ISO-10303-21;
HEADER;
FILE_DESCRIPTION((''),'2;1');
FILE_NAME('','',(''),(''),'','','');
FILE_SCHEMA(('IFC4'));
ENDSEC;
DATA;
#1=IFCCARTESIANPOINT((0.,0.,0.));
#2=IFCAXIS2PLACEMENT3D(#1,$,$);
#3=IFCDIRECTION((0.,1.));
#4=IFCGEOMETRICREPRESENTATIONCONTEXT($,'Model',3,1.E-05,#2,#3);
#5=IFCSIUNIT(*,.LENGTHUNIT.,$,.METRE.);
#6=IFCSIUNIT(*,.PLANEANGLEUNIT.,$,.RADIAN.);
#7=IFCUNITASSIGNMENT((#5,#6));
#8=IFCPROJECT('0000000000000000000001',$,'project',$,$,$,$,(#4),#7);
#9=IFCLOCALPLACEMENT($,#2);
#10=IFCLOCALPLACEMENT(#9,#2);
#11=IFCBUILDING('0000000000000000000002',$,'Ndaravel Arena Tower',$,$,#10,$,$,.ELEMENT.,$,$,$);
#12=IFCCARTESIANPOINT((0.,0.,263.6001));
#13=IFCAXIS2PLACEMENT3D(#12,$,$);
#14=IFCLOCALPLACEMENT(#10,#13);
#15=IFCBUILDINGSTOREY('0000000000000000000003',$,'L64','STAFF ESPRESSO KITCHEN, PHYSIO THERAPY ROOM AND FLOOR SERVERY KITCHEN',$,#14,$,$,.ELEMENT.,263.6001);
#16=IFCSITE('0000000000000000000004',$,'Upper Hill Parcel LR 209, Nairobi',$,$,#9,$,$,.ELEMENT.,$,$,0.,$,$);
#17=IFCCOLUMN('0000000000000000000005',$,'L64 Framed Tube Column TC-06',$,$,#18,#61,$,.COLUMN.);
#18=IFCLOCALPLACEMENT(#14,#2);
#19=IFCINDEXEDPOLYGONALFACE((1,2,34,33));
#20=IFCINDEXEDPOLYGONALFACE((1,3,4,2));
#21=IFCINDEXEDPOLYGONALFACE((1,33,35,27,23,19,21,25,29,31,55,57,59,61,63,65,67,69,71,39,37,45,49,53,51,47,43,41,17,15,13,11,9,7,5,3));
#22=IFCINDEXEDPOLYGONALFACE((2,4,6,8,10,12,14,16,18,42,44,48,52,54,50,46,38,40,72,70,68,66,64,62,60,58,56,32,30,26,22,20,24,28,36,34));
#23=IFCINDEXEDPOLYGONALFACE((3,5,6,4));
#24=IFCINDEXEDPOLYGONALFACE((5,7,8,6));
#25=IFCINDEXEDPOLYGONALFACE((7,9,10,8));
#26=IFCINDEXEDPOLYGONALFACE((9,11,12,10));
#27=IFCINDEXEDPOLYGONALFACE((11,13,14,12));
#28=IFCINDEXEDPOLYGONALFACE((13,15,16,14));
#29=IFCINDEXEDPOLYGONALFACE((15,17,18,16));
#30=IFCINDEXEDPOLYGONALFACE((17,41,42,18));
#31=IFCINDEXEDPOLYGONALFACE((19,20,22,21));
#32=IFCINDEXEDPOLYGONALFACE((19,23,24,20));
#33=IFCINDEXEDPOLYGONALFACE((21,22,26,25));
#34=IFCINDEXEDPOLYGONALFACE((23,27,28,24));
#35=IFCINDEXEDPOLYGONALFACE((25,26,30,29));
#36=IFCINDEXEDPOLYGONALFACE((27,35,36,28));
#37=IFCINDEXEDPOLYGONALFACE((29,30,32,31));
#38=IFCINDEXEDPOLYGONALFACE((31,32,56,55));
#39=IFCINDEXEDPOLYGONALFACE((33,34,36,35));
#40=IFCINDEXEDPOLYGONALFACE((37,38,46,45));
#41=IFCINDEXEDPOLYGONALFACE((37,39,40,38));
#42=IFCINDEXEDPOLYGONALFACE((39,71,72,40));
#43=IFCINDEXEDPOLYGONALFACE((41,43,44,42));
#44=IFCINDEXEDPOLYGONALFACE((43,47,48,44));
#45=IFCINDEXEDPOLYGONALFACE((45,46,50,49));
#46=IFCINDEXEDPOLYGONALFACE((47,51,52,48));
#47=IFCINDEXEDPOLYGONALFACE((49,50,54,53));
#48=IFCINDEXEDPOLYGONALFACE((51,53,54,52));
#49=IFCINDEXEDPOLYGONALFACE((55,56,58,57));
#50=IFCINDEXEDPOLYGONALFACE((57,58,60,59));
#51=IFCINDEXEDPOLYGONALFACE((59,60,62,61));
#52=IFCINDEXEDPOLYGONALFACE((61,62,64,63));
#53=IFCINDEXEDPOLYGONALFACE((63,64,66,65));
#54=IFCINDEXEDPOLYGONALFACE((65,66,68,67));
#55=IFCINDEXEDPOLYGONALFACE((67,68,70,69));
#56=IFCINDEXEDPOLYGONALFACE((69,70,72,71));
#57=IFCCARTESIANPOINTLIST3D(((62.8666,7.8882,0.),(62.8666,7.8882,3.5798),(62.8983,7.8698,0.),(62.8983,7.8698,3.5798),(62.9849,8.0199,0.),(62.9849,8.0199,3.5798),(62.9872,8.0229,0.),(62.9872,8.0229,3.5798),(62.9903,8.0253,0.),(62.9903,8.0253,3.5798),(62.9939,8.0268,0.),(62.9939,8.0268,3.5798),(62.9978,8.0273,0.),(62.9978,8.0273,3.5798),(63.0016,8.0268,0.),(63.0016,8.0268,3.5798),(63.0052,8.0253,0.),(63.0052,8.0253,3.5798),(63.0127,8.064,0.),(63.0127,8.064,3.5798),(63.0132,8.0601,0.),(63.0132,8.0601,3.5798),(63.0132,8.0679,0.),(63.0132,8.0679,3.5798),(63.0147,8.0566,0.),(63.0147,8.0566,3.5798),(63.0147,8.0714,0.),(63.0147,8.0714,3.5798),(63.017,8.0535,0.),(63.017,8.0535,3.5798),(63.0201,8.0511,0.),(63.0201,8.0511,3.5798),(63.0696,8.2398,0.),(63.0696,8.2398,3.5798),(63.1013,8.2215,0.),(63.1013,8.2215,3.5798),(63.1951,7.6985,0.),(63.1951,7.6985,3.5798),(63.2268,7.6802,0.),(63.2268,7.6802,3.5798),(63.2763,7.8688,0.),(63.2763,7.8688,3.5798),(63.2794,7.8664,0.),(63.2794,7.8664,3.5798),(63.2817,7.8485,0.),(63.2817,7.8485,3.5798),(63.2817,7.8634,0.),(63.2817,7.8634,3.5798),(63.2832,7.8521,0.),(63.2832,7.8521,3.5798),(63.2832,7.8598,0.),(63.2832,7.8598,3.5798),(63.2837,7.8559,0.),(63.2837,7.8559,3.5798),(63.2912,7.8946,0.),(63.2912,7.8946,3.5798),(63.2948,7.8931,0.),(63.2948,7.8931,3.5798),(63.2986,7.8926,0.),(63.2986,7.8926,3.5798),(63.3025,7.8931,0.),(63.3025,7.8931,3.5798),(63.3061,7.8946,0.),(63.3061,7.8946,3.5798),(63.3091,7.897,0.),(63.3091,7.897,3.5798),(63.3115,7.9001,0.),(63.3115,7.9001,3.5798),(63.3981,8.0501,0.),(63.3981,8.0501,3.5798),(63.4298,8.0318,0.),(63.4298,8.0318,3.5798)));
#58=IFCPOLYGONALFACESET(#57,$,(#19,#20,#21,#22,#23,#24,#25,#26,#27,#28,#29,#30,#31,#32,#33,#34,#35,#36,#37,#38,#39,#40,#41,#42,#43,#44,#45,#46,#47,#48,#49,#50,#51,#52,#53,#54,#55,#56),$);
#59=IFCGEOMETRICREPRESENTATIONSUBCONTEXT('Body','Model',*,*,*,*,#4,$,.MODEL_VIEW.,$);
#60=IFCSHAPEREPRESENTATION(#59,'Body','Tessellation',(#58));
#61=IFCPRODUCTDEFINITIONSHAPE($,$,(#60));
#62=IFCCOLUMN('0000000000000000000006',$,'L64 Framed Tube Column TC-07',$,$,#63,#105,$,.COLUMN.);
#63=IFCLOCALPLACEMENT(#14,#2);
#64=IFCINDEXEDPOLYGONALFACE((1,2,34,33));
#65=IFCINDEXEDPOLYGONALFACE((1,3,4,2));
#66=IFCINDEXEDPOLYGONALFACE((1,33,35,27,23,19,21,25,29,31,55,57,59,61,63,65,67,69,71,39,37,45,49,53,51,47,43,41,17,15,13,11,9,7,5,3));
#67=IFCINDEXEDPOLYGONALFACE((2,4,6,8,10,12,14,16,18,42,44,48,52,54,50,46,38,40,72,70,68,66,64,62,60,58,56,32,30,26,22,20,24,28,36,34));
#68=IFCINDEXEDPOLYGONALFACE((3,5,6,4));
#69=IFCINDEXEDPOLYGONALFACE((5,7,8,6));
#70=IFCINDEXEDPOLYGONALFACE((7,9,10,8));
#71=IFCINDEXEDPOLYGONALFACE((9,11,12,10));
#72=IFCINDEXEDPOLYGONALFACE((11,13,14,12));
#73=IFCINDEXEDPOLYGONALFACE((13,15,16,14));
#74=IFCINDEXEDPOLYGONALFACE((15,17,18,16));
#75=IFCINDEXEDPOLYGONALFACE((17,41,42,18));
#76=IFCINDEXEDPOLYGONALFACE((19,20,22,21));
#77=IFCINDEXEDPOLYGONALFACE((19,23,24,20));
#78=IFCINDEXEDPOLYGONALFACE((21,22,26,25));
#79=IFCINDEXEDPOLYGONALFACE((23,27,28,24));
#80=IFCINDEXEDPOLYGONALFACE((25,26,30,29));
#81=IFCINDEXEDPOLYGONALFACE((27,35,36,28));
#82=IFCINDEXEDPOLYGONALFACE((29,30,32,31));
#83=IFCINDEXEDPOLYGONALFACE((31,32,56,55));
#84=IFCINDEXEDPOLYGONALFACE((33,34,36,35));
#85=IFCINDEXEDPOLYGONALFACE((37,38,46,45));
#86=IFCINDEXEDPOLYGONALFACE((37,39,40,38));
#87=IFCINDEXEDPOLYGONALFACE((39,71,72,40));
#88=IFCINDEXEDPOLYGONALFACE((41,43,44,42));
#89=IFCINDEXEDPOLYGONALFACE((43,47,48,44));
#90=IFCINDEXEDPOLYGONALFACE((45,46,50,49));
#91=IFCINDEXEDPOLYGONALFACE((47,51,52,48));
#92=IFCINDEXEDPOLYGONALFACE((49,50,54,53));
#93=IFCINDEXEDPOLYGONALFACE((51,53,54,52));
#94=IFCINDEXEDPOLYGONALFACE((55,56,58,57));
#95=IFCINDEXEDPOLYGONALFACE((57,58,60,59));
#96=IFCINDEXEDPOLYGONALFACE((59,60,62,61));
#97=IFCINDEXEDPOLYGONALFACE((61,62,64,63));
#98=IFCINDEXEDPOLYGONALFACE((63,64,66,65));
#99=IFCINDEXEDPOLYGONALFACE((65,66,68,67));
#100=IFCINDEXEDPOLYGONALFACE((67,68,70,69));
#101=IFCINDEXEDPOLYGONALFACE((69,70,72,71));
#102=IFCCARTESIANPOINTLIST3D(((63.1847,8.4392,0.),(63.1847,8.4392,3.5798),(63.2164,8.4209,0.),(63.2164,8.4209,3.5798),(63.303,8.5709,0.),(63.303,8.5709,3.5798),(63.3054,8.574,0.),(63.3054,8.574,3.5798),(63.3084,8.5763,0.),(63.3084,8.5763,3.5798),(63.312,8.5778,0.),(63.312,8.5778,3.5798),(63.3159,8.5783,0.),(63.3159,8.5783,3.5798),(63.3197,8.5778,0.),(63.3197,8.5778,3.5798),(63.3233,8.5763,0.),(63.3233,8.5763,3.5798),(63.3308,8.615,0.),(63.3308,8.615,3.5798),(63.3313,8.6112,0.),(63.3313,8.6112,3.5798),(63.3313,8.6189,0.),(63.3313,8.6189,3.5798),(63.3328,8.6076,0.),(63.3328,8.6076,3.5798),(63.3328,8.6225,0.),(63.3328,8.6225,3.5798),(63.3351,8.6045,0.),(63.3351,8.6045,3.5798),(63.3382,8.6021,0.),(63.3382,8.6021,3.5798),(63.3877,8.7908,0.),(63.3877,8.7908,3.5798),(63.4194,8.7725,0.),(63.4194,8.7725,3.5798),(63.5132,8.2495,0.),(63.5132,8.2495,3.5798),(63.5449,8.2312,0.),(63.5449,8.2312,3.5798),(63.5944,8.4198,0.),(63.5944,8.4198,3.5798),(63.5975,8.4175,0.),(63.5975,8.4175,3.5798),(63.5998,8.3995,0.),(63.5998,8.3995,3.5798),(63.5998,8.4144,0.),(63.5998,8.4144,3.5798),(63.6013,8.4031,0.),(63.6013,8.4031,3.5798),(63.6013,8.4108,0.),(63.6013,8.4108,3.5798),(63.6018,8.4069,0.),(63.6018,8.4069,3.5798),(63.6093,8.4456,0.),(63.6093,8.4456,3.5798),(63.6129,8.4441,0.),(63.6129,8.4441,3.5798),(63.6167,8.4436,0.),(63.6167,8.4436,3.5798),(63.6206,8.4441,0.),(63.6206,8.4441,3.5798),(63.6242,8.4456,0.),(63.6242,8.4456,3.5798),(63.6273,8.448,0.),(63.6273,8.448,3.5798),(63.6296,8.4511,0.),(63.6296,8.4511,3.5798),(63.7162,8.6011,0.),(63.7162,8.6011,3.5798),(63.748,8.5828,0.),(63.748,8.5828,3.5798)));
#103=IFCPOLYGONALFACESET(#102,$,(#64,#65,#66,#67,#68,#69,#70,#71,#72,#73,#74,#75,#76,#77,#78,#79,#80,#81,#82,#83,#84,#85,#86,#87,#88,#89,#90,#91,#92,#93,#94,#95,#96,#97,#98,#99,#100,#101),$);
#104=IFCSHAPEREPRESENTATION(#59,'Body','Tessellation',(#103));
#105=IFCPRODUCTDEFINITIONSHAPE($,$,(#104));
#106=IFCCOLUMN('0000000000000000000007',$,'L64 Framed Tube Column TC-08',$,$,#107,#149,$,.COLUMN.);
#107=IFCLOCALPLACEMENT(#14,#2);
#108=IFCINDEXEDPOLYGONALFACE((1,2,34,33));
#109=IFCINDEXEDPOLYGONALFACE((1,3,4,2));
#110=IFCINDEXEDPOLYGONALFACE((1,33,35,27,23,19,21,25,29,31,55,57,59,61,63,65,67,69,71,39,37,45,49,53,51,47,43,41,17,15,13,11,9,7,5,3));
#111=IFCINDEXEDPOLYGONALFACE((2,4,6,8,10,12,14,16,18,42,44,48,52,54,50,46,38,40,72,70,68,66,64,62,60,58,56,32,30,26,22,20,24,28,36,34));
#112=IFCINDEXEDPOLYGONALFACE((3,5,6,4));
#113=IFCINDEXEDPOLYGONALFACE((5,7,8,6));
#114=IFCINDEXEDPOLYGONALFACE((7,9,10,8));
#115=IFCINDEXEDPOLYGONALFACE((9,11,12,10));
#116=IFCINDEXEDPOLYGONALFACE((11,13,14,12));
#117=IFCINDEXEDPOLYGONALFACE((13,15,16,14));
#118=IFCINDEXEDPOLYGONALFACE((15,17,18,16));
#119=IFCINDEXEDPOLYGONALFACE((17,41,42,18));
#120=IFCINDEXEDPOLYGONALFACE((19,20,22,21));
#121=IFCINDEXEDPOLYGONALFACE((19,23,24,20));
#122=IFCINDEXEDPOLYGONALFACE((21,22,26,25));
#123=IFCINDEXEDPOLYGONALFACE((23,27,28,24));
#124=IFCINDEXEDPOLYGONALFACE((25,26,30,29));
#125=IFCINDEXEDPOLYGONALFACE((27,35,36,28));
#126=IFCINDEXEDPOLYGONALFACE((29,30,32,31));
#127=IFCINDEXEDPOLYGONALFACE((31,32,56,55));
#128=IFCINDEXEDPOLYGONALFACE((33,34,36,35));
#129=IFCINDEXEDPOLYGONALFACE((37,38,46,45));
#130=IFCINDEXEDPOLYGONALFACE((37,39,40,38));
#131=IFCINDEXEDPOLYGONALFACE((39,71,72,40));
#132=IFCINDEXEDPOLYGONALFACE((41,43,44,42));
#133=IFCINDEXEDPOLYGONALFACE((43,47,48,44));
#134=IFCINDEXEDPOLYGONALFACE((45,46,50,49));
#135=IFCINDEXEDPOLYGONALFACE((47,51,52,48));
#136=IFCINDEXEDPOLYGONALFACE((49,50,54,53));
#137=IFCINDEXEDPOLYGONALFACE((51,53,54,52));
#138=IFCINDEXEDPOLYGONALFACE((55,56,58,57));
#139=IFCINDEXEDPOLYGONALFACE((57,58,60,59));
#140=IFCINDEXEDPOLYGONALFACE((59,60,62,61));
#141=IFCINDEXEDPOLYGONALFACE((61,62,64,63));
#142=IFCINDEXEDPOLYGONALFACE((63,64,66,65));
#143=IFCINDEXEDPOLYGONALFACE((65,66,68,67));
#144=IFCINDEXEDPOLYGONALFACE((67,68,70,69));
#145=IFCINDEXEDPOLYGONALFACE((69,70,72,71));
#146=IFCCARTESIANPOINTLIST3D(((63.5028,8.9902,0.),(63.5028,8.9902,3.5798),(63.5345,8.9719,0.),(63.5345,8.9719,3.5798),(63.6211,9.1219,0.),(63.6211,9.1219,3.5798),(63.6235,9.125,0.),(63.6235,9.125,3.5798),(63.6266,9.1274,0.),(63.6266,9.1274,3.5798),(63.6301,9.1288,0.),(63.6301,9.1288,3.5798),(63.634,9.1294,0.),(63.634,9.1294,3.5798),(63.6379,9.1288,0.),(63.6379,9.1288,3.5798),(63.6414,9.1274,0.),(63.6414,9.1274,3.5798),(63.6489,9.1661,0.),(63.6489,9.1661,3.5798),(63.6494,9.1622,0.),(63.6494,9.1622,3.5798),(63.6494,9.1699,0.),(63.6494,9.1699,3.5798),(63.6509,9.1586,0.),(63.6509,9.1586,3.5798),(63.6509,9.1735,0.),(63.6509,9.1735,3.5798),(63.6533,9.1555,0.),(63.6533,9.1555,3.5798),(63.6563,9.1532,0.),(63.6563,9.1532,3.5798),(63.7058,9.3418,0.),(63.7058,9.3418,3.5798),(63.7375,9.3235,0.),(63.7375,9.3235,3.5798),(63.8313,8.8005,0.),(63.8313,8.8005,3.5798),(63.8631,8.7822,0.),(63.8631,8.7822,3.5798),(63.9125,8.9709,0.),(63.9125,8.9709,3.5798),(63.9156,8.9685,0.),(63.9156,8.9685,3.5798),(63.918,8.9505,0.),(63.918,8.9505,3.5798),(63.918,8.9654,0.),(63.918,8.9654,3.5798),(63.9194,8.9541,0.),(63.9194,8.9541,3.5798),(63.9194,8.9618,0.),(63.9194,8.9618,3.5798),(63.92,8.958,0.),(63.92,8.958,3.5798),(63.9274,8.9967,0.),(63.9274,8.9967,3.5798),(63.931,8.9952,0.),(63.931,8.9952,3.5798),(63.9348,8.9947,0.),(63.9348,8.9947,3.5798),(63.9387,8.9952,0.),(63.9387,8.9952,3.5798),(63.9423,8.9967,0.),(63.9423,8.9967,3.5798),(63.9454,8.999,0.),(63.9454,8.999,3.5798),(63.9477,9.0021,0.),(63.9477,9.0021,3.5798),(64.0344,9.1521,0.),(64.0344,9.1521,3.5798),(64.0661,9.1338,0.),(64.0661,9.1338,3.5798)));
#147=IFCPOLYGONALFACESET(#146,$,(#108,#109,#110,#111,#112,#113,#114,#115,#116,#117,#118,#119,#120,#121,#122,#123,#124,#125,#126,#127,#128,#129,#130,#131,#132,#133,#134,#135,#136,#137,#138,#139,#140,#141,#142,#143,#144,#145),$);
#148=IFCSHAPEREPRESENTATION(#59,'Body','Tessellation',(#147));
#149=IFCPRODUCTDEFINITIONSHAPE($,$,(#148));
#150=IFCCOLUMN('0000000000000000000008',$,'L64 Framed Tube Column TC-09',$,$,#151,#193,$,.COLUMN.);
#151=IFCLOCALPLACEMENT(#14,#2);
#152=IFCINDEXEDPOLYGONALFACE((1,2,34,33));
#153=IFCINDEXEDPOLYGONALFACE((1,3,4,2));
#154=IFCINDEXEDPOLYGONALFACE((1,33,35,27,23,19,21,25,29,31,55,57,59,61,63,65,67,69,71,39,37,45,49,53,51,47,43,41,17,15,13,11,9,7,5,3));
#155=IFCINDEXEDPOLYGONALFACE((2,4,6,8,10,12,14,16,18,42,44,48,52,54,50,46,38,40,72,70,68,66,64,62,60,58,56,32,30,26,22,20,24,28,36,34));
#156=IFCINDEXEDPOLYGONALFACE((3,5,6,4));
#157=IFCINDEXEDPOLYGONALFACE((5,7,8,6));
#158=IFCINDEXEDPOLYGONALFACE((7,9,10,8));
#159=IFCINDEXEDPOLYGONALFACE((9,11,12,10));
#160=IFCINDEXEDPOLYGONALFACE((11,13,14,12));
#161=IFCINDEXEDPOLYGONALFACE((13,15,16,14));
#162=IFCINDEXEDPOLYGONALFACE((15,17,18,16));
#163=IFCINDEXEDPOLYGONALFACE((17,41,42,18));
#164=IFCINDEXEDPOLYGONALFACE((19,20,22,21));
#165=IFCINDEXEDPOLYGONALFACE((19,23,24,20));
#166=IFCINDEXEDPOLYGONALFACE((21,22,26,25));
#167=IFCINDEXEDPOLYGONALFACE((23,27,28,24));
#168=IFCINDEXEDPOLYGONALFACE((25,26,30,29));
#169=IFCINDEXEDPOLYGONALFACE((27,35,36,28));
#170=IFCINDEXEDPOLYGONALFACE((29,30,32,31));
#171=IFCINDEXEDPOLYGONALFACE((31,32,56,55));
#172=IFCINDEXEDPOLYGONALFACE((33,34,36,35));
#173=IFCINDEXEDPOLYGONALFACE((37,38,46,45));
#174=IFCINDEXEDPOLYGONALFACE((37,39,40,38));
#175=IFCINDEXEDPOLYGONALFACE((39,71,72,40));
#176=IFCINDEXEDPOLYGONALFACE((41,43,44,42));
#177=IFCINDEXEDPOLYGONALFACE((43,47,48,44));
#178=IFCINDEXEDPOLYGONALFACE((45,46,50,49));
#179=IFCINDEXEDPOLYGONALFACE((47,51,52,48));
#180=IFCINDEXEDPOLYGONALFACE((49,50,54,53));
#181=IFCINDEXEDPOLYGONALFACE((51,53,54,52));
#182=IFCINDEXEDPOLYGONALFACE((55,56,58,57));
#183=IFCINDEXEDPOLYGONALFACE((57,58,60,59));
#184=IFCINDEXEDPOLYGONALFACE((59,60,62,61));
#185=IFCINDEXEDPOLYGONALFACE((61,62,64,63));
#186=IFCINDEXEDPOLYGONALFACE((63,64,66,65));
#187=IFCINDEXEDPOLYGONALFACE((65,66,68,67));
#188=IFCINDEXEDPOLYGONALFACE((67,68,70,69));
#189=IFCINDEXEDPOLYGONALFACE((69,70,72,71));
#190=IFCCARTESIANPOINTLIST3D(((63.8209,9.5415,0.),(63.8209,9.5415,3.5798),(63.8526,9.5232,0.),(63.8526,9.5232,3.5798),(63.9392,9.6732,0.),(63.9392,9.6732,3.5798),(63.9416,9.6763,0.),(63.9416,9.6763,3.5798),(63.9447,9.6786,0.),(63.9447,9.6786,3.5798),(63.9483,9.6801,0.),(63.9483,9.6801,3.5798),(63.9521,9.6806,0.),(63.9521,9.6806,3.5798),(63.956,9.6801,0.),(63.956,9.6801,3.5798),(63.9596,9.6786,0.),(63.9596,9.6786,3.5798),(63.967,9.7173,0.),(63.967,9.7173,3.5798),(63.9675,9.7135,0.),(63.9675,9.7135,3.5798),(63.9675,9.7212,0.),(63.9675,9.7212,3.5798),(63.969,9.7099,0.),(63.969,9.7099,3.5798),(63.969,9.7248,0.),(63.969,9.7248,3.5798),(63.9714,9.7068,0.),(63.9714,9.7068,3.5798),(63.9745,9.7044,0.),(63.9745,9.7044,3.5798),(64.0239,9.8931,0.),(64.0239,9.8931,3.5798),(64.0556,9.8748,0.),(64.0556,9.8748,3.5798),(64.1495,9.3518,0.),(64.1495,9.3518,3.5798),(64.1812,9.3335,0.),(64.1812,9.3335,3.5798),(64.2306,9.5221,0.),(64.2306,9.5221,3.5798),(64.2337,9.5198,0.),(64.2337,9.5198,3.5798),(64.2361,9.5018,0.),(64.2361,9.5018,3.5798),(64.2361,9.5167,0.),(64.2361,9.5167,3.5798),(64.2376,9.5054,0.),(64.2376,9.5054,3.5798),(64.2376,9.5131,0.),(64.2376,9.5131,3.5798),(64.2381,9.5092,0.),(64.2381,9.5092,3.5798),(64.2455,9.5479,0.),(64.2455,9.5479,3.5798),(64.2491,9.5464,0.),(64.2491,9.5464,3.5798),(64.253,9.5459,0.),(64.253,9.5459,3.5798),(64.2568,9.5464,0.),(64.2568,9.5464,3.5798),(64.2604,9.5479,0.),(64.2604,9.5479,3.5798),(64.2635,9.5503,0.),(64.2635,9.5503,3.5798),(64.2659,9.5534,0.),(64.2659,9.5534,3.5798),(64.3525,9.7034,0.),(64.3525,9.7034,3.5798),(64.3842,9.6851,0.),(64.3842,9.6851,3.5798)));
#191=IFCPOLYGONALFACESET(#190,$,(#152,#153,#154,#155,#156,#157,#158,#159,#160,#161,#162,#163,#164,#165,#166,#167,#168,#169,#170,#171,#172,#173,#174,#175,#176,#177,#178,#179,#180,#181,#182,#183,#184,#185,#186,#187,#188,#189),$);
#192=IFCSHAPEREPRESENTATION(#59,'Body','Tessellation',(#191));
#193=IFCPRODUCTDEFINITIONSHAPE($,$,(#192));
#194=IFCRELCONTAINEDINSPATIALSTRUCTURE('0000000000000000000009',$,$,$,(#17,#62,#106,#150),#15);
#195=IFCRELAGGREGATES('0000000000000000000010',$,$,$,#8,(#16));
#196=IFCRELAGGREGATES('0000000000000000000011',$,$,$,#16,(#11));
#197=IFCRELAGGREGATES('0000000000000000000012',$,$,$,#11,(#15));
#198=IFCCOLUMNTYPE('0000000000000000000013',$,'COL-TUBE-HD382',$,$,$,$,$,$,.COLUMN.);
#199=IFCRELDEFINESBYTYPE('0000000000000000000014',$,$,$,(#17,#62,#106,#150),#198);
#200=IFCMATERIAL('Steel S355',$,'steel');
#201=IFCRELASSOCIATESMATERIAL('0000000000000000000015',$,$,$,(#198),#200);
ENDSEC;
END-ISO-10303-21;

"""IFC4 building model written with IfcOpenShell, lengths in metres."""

from ifc_helpers import new_model, si_unit, direction, frame, origin, origin_2d, place, context, subcontext, project, spatial, i_section, extrude, material, material_profile, profile_set, type_object, element, save


model = new_model("IFC4")

# Units and contexts
model_context = context("Model", 3, precision=1e-05, world=origin(), true_north=direction((0.0, 1.0)))
body_context = subcontext(model_context, "Body", "Model", "MODEL_VIEW")
ifc_project = project(units=[si_unit("LENGTHUNIT", "METRE"), si_unit("PLANEANGLEUNIT", "RADIAN")], contexts=[model_context])

# Site, building, storey
site_placement = place(None, origin())
site = spatial("IfcSite", under=ifc_project, at=site_placement, Name="Upper Hill Parcel LR 209, Nairobi", CompositionType="ELEMENT", RefElevation=0.0)
building_placement = place(site_placement, origin())
building = spatial("IfcBuilding", under=site, at=building_placement, Name="Ndaravel Arena Tower", CompositionType="ELEMENT")
storey_placement = place(building_placement, frame((0.0, 0.0, 263.6001)))
storey = spatial("IfcBuildingStorey", under=building, at=storey_placement, Name="L64", Description="STAFF ESPRESSO KITCHEN, PHYSIO THERAPY ROOM AND FLOOR SERVERY KITCHEN", CompositionType="ELEMENT", Elevation=263.6001)

# Columns
ifc_material_1 = material(Name="Steel S355", Category="steel")
ifc_material_profile_1 = material_profile(ifc_material_1, i_section(OverallWidth=0.406, OverallDepth=0.416, WebThickness=0.0298, FlangeThickness=0.0366, FilletRadius=0.0149, at=origin_2d()), Name="HD 400x382")
ifc_profile_set_1 = profile_set([ifc_material_profile_1], Name="Steel S355")
column_type = type_object("IfcColumnType", Name="COL-TUBE-HD382", PredefinedType="COLUMN", material=ifc_profile_set_1)
for number, where, z_axis, x_axis, name in (
    (1, (63.1482, 7.96, 0.0), (0.0, 0.0, 1.0), (0.5, 0.866025, 0.0), "L64 Framed Tube Column TC-06"),
    (2, (63.4663, 8.511, 0.0), (0.0, 0.0, 1.0), (0.5, 0.866025, 0.0), "L64 Framed Tube Column TC-07"),
    (3, (63.7844, 9.062, 0.0), (0.0, 0.0, 1.0), (0.5, 0.866025, 0.0), "L64 Framed Tube Column TC-08"),
    (4, (64.1025, 9.6133, 0.0), (0.0, 0.0, 1.0), (0.5, 0.866025, 0.0), "L64 Framed Tube Column TC-09"),
):
    element("IfcColumn", number, at=place(storey_placement, frame(where, z_axis=z_axis, x_axis=x_axis)), inside=storey, type_object=column_type, Name=name, PredefinedType="COLUMN", context=body_context, shape_type="SweptSolid", body=[
        extrude(i_section(OverallWidth=0.406, OverallDepth=0.416, WebThickness=0.0298, FlangeThickness=0.0366, FilletRadius=0.0149, at=origin_2d()), origin(), (0.0, 0.0, 1.0), 3.5798),
    ])

save(model, "model.ifc")
